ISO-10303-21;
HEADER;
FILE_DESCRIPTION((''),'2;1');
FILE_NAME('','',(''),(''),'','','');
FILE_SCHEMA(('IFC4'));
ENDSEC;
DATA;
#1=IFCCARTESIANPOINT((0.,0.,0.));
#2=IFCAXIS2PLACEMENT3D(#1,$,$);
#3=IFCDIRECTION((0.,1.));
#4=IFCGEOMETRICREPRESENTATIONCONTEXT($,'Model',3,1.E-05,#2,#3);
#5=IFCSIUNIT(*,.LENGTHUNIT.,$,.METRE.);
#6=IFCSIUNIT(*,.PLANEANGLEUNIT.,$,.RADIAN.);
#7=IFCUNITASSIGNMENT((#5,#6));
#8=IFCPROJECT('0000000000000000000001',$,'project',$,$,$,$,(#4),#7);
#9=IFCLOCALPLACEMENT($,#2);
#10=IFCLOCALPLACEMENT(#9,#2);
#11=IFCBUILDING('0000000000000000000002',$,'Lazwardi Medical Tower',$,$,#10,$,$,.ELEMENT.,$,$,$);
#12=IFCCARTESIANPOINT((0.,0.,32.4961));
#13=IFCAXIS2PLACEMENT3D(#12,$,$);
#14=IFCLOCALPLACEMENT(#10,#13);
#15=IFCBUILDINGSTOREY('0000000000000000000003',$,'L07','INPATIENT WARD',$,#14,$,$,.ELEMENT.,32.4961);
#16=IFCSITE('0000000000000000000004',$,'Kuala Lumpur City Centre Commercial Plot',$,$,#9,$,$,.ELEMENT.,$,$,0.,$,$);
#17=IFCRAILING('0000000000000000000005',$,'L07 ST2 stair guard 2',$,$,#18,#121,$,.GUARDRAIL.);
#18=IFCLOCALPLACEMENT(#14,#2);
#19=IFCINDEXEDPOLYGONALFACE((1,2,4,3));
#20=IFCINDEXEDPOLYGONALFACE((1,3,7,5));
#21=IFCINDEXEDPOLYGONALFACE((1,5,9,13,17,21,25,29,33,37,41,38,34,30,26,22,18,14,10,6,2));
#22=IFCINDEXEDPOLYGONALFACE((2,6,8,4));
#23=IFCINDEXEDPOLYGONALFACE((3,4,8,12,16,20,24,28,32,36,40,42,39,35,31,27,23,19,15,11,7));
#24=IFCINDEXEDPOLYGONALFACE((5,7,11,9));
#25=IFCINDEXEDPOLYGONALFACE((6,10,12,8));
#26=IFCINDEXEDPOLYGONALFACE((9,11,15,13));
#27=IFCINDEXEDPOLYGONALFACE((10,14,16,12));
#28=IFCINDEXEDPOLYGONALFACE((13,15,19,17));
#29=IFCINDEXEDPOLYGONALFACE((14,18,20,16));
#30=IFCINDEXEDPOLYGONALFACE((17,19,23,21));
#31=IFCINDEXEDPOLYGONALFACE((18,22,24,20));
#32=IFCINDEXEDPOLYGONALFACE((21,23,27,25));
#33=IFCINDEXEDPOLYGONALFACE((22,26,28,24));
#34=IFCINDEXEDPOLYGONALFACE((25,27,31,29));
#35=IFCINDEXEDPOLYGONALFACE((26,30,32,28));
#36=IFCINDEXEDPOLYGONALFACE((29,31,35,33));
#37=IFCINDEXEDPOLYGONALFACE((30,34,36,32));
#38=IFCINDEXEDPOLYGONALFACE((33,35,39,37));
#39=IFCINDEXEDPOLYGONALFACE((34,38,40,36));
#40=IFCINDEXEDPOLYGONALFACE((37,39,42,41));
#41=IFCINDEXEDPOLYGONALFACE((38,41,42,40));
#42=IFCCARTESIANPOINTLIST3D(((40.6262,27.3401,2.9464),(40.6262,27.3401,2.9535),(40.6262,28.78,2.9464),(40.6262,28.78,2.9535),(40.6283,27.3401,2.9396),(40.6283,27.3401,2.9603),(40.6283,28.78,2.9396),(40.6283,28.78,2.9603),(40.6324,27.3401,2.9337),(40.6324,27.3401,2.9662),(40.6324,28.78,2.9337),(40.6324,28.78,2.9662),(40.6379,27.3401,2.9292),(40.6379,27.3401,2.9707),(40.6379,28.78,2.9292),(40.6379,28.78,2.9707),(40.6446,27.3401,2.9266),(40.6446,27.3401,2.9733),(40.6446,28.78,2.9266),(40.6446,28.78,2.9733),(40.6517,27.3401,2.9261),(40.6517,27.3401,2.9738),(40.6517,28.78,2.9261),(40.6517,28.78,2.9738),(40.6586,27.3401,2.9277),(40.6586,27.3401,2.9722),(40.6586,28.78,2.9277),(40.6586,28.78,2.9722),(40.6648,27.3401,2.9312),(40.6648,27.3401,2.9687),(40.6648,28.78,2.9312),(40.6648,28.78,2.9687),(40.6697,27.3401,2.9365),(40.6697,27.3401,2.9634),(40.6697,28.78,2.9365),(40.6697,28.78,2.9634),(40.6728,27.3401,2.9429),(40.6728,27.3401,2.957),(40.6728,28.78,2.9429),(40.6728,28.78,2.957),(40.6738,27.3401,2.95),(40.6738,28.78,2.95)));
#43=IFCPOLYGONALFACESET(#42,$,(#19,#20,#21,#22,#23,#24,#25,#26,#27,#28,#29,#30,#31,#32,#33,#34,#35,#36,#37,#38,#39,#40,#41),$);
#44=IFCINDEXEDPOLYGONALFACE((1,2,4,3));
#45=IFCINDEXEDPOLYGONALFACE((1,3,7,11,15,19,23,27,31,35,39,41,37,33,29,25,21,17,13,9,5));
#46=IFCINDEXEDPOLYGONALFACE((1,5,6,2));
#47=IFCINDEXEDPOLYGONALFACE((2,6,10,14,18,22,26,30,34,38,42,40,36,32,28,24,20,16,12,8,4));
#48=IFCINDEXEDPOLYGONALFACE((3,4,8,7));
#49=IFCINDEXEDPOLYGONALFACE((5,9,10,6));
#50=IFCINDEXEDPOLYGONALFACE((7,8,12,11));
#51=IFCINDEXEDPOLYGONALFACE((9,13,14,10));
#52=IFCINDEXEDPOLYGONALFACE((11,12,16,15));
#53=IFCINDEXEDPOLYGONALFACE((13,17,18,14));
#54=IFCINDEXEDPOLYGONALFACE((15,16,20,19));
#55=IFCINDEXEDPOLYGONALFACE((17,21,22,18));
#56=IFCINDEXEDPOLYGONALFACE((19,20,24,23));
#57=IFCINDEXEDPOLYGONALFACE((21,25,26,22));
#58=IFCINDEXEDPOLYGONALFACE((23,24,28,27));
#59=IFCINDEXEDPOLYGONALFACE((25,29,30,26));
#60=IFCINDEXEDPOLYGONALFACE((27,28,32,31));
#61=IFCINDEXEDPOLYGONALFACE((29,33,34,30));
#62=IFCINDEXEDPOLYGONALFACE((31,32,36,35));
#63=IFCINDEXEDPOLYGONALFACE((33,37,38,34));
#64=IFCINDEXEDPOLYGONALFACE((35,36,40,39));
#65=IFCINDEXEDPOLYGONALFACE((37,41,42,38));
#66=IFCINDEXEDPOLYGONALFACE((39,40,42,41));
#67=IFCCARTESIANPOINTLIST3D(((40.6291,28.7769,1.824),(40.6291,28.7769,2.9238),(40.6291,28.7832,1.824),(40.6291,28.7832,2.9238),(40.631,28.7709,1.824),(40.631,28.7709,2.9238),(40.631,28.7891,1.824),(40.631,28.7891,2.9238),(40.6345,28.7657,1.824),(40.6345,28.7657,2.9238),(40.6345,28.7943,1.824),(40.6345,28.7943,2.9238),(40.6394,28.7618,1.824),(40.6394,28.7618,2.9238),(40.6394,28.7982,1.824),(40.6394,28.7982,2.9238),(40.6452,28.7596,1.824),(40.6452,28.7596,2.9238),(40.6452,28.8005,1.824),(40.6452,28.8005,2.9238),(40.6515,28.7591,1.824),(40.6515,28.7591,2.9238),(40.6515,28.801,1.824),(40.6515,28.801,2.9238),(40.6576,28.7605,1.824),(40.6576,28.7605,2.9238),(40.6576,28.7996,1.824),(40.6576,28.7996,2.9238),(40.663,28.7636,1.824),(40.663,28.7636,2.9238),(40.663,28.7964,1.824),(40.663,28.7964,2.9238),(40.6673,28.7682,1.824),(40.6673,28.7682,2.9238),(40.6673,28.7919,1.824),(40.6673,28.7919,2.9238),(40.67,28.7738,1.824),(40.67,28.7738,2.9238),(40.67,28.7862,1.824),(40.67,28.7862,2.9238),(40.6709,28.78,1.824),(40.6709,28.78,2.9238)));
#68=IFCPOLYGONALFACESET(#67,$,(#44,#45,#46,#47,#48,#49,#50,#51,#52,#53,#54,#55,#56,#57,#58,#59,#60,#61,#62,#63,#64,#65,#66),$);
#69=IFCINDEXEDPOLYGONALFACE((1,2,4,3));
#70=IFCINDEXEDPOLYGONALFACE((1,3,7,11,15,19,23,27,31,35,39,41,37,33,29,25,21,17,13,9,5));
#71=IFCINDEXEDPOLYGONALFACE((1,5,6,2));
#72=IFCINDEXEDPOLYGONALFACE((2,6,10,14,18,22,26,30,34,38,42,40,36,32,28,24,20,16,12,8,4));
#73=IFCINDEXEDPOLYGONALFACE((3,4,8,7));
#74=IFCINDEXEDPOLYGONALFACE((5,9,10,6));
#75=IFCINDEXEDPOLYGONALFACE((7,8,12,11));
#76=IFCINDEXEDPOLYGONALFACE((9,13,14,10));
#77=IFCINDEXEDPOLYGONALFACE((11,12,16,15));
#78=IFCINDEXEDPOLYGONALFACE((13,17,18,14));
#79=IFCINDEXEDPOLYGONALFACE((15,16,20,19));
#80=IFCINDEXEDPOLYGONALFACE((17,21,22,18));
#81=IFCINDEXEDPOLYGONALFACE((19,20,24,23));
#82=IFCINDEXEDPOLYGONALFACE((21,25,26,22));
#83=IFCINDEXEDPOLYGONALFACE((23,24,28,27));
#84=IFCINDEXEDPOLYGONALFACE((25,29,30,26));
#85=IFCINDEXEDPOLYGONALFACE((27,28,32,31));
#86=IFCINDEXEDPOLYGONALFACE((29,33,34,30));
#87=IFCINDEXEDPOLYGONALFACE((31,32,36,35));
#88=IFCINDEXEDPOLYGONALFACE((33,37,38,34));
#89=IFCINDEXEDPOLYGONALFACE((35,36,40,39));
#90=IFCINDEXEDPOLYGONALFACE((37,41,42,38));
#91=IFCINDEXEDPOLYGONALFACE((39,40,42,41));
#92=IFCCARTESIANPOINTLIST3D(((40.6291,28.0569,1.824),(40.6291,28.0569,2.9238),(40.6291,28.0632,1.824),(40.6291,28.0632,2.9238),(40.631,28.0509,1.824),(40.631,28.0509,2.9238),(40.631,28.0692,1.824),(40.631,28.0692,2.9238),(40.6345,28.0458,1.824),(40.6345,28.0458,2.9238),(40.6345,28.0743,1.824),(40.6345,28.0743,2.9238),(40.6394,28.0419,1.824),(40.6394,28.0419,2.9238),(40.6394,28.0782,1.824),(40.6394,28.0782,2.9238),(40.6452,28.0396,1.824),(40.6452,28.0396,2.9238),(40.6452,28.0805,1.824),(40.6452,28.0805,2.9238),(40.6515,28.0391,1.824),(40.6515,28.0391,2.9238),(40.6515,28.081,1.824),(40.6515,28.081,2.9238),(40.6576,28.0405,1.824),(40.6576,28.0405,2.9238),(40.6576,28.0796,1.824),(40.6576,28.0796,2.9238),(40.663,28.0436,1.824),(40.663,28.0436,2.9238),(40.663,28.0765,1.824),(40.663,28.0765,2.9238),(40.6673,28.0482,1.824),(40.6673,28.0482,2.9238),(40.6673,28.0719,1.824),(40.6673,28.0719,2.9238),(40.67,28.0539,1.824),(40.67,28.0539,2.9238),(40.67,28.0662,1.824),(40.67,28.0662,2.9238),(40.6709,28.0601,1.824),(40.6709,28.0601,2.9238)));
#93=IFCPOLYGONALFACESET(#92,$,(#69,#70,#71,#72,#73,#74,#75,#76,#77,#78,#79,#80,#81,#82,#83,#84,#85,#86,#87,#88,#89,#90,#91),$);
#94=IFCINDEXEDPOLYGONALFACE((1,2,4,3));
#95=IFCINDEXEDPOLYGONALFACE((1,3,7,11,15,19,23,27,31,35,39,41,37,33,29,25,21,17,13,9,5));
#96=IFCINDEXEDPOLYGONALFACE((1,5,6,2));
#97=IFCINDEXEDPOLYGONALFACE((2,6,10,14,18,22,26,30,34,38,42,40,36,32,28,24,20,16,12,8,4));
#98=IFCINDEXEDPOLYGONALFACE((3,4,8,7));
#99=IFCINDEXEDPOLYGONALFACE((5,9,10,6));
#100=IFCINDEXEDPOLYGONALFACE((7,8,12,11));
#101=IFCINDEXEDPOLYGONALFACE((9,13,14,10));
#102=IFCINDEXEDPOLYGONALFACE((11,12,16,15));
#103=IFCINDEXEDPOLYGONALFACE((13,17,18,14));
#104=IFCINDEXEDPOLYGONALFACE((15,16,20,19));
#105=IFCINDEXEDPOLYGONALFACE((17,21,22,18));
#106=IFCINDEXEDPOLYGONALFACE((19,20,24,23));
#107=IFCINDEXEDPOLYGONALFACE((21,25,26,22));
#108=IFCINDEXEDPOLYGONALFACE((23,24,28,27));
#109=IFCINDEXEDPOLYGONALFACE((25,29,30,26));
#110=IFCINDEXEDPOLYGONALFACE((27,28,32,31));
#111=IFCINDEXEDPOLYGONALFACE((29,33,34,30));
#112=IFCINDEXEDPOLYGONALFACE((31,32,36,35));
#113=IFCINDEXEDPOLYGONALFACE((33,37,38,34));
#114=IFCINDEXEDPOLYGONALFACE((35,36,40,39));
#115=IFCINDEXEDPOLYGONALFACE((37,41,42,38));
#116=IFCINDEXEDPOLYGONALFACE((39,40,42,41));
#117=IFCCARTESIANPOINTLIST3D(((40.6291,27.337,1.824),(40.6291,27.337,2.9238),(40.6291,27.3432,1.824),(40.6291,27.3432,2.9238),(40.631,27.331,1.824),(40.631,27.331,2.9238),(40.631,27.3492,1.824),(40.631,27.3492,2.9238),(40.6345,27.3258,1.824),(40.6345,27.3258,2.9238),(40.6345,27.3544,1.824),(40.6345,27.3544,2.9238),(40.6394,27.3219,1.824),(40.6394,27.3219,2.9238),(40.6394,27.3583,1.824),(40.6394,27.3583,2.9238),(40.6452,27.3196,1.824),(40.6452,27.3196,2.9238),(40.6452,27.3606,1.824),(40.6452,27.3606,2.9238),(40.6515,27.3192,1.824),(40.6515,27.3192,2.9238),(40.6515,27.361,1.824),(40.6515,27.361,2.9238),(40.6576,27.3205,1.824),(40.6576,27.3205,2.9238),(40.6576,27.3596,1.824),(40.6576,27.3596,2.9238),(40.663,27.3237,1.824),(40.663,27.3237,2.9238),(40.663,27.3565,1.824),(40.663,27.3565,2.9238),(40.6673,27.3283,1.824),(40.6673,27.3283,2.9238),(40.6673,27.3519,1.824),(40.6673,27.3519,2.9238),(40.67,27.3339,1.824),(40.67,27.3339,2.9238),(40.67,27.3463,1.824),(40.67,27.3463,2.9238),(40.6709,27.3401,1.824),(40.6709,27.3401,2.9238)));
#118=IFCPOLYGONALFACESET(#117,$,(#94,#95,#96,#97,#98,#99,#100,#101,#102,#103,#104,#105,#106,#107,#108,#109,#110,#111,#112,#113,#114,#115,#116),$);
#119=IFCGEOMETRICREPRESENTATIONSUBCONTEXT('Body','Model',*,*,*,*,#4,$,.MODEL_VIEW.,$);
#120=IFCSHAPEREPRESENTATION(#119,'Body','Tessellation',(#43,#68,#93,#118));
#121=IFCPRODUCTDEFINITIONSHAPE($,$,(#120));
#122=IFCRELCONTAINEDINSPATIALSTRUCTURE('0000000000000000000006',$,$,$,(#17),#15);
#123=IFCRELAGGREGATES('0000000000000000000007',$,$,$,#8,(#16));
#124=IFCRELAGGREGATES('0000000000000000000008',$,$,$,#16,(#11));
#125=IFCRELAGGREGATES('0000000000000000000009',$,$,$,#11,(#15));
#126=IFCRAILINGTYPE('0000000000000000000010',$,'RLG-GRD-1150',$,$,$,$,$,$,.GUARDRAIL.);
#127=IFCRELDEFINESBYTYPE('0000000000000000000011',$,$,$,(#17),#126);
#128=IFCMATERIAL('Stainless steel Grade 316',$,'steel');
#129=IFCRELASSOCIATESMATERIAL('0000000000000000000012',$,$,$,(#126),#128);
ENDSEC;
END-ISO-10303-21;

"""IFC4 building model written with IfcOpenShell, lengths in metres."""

from ifc_helpers import new_model, si_unit, direction, frame, origin, origin_2d, place, context, subcontext, project, spatial, circle, extrude, material, type_object, element, save


model = new_model("IFC4")

# Units and contexts
model_context = context("Model", 3, precision=1e-05, world=origin(), true_north=direction((0.0, 1.0)))
body_context = subcontext(model_context, "Body", "Model", "MODEL_VIEW")
ifc_project = project(units=[si_unit("LENGTHUNIT", "METRE"), si_unit("PLANEANGLEUNIT", "RADIAN")], contexts=[model_context])

# Site, building, storey
site_placement = place(None, origin())
site = spatial("IfcSite", under=ifc_project, at=site_placement, Name="Kuala Lumpur City Centre Commercial Plot", CompositionType="ELEMENT", RefElevation=0.0)
building_placement = place(site_placement, origin())
building = spatial("IfcBuilding", under=site, at=building_placement, Name="Lazwardi Medical Tower", CompositionType="ELEMENT")
storey_placement = place(building_placement, frame((0.0, 0.0, 32.4961)))
storey = spatial("IfcBuildingStorey", under=building, at=storey_placement, Name="L07", Description="INPATIENT WARD", CompositionType="ELEMENT", Elevation=32.4961)

# Railing
ifc_material_1 = material(Name="Stainless steel Grade 316", Category="steel")
railing_type_1 = type_object("IfcRailingType", Name="RLG-GRD-1150", PredefinedType="GUARDRAIL", material=ifc_material_1)
railing_1_placement = place(storey_placement, frame((40.6499, 28.78, 1.824)))
element("IfcRailing", 1, at=railing_1_placement, inside=storey, type_object=railing_type_1, Name="L07 ST2 stair guard 2", PredefinedType="GUARDRAIL", context=body_context, shape_type="SweptSolid", body=[
    extrude(circle(Radius=0.0239, at=origin_2d()), frame((0.0, 0.0, 1.126), z_axis=(0.0, -1.0, 0.0), x_axis=(1.0, 0.0, 0.0)), (0.0, 0.0, 1.0), 1.4399),
    extrude(circle(Radius=0.021, at=origin_2d()), origin(), (0.0, 0.0, 1.0), 1.0999),
    extrude(circle(Radius=0.021, at=origin_2d()), frame((0.0, -0.72, 0.0)), (0.0, 0.0, 1.0), 1.0999),
    extrude(circle(Radius=0.021, at=origin_2d()), frame((0.0, -1.4399, 0.0)), (0.0, 0.0, 1.0), 1.0999),
])

save(model, "model.ifc")
